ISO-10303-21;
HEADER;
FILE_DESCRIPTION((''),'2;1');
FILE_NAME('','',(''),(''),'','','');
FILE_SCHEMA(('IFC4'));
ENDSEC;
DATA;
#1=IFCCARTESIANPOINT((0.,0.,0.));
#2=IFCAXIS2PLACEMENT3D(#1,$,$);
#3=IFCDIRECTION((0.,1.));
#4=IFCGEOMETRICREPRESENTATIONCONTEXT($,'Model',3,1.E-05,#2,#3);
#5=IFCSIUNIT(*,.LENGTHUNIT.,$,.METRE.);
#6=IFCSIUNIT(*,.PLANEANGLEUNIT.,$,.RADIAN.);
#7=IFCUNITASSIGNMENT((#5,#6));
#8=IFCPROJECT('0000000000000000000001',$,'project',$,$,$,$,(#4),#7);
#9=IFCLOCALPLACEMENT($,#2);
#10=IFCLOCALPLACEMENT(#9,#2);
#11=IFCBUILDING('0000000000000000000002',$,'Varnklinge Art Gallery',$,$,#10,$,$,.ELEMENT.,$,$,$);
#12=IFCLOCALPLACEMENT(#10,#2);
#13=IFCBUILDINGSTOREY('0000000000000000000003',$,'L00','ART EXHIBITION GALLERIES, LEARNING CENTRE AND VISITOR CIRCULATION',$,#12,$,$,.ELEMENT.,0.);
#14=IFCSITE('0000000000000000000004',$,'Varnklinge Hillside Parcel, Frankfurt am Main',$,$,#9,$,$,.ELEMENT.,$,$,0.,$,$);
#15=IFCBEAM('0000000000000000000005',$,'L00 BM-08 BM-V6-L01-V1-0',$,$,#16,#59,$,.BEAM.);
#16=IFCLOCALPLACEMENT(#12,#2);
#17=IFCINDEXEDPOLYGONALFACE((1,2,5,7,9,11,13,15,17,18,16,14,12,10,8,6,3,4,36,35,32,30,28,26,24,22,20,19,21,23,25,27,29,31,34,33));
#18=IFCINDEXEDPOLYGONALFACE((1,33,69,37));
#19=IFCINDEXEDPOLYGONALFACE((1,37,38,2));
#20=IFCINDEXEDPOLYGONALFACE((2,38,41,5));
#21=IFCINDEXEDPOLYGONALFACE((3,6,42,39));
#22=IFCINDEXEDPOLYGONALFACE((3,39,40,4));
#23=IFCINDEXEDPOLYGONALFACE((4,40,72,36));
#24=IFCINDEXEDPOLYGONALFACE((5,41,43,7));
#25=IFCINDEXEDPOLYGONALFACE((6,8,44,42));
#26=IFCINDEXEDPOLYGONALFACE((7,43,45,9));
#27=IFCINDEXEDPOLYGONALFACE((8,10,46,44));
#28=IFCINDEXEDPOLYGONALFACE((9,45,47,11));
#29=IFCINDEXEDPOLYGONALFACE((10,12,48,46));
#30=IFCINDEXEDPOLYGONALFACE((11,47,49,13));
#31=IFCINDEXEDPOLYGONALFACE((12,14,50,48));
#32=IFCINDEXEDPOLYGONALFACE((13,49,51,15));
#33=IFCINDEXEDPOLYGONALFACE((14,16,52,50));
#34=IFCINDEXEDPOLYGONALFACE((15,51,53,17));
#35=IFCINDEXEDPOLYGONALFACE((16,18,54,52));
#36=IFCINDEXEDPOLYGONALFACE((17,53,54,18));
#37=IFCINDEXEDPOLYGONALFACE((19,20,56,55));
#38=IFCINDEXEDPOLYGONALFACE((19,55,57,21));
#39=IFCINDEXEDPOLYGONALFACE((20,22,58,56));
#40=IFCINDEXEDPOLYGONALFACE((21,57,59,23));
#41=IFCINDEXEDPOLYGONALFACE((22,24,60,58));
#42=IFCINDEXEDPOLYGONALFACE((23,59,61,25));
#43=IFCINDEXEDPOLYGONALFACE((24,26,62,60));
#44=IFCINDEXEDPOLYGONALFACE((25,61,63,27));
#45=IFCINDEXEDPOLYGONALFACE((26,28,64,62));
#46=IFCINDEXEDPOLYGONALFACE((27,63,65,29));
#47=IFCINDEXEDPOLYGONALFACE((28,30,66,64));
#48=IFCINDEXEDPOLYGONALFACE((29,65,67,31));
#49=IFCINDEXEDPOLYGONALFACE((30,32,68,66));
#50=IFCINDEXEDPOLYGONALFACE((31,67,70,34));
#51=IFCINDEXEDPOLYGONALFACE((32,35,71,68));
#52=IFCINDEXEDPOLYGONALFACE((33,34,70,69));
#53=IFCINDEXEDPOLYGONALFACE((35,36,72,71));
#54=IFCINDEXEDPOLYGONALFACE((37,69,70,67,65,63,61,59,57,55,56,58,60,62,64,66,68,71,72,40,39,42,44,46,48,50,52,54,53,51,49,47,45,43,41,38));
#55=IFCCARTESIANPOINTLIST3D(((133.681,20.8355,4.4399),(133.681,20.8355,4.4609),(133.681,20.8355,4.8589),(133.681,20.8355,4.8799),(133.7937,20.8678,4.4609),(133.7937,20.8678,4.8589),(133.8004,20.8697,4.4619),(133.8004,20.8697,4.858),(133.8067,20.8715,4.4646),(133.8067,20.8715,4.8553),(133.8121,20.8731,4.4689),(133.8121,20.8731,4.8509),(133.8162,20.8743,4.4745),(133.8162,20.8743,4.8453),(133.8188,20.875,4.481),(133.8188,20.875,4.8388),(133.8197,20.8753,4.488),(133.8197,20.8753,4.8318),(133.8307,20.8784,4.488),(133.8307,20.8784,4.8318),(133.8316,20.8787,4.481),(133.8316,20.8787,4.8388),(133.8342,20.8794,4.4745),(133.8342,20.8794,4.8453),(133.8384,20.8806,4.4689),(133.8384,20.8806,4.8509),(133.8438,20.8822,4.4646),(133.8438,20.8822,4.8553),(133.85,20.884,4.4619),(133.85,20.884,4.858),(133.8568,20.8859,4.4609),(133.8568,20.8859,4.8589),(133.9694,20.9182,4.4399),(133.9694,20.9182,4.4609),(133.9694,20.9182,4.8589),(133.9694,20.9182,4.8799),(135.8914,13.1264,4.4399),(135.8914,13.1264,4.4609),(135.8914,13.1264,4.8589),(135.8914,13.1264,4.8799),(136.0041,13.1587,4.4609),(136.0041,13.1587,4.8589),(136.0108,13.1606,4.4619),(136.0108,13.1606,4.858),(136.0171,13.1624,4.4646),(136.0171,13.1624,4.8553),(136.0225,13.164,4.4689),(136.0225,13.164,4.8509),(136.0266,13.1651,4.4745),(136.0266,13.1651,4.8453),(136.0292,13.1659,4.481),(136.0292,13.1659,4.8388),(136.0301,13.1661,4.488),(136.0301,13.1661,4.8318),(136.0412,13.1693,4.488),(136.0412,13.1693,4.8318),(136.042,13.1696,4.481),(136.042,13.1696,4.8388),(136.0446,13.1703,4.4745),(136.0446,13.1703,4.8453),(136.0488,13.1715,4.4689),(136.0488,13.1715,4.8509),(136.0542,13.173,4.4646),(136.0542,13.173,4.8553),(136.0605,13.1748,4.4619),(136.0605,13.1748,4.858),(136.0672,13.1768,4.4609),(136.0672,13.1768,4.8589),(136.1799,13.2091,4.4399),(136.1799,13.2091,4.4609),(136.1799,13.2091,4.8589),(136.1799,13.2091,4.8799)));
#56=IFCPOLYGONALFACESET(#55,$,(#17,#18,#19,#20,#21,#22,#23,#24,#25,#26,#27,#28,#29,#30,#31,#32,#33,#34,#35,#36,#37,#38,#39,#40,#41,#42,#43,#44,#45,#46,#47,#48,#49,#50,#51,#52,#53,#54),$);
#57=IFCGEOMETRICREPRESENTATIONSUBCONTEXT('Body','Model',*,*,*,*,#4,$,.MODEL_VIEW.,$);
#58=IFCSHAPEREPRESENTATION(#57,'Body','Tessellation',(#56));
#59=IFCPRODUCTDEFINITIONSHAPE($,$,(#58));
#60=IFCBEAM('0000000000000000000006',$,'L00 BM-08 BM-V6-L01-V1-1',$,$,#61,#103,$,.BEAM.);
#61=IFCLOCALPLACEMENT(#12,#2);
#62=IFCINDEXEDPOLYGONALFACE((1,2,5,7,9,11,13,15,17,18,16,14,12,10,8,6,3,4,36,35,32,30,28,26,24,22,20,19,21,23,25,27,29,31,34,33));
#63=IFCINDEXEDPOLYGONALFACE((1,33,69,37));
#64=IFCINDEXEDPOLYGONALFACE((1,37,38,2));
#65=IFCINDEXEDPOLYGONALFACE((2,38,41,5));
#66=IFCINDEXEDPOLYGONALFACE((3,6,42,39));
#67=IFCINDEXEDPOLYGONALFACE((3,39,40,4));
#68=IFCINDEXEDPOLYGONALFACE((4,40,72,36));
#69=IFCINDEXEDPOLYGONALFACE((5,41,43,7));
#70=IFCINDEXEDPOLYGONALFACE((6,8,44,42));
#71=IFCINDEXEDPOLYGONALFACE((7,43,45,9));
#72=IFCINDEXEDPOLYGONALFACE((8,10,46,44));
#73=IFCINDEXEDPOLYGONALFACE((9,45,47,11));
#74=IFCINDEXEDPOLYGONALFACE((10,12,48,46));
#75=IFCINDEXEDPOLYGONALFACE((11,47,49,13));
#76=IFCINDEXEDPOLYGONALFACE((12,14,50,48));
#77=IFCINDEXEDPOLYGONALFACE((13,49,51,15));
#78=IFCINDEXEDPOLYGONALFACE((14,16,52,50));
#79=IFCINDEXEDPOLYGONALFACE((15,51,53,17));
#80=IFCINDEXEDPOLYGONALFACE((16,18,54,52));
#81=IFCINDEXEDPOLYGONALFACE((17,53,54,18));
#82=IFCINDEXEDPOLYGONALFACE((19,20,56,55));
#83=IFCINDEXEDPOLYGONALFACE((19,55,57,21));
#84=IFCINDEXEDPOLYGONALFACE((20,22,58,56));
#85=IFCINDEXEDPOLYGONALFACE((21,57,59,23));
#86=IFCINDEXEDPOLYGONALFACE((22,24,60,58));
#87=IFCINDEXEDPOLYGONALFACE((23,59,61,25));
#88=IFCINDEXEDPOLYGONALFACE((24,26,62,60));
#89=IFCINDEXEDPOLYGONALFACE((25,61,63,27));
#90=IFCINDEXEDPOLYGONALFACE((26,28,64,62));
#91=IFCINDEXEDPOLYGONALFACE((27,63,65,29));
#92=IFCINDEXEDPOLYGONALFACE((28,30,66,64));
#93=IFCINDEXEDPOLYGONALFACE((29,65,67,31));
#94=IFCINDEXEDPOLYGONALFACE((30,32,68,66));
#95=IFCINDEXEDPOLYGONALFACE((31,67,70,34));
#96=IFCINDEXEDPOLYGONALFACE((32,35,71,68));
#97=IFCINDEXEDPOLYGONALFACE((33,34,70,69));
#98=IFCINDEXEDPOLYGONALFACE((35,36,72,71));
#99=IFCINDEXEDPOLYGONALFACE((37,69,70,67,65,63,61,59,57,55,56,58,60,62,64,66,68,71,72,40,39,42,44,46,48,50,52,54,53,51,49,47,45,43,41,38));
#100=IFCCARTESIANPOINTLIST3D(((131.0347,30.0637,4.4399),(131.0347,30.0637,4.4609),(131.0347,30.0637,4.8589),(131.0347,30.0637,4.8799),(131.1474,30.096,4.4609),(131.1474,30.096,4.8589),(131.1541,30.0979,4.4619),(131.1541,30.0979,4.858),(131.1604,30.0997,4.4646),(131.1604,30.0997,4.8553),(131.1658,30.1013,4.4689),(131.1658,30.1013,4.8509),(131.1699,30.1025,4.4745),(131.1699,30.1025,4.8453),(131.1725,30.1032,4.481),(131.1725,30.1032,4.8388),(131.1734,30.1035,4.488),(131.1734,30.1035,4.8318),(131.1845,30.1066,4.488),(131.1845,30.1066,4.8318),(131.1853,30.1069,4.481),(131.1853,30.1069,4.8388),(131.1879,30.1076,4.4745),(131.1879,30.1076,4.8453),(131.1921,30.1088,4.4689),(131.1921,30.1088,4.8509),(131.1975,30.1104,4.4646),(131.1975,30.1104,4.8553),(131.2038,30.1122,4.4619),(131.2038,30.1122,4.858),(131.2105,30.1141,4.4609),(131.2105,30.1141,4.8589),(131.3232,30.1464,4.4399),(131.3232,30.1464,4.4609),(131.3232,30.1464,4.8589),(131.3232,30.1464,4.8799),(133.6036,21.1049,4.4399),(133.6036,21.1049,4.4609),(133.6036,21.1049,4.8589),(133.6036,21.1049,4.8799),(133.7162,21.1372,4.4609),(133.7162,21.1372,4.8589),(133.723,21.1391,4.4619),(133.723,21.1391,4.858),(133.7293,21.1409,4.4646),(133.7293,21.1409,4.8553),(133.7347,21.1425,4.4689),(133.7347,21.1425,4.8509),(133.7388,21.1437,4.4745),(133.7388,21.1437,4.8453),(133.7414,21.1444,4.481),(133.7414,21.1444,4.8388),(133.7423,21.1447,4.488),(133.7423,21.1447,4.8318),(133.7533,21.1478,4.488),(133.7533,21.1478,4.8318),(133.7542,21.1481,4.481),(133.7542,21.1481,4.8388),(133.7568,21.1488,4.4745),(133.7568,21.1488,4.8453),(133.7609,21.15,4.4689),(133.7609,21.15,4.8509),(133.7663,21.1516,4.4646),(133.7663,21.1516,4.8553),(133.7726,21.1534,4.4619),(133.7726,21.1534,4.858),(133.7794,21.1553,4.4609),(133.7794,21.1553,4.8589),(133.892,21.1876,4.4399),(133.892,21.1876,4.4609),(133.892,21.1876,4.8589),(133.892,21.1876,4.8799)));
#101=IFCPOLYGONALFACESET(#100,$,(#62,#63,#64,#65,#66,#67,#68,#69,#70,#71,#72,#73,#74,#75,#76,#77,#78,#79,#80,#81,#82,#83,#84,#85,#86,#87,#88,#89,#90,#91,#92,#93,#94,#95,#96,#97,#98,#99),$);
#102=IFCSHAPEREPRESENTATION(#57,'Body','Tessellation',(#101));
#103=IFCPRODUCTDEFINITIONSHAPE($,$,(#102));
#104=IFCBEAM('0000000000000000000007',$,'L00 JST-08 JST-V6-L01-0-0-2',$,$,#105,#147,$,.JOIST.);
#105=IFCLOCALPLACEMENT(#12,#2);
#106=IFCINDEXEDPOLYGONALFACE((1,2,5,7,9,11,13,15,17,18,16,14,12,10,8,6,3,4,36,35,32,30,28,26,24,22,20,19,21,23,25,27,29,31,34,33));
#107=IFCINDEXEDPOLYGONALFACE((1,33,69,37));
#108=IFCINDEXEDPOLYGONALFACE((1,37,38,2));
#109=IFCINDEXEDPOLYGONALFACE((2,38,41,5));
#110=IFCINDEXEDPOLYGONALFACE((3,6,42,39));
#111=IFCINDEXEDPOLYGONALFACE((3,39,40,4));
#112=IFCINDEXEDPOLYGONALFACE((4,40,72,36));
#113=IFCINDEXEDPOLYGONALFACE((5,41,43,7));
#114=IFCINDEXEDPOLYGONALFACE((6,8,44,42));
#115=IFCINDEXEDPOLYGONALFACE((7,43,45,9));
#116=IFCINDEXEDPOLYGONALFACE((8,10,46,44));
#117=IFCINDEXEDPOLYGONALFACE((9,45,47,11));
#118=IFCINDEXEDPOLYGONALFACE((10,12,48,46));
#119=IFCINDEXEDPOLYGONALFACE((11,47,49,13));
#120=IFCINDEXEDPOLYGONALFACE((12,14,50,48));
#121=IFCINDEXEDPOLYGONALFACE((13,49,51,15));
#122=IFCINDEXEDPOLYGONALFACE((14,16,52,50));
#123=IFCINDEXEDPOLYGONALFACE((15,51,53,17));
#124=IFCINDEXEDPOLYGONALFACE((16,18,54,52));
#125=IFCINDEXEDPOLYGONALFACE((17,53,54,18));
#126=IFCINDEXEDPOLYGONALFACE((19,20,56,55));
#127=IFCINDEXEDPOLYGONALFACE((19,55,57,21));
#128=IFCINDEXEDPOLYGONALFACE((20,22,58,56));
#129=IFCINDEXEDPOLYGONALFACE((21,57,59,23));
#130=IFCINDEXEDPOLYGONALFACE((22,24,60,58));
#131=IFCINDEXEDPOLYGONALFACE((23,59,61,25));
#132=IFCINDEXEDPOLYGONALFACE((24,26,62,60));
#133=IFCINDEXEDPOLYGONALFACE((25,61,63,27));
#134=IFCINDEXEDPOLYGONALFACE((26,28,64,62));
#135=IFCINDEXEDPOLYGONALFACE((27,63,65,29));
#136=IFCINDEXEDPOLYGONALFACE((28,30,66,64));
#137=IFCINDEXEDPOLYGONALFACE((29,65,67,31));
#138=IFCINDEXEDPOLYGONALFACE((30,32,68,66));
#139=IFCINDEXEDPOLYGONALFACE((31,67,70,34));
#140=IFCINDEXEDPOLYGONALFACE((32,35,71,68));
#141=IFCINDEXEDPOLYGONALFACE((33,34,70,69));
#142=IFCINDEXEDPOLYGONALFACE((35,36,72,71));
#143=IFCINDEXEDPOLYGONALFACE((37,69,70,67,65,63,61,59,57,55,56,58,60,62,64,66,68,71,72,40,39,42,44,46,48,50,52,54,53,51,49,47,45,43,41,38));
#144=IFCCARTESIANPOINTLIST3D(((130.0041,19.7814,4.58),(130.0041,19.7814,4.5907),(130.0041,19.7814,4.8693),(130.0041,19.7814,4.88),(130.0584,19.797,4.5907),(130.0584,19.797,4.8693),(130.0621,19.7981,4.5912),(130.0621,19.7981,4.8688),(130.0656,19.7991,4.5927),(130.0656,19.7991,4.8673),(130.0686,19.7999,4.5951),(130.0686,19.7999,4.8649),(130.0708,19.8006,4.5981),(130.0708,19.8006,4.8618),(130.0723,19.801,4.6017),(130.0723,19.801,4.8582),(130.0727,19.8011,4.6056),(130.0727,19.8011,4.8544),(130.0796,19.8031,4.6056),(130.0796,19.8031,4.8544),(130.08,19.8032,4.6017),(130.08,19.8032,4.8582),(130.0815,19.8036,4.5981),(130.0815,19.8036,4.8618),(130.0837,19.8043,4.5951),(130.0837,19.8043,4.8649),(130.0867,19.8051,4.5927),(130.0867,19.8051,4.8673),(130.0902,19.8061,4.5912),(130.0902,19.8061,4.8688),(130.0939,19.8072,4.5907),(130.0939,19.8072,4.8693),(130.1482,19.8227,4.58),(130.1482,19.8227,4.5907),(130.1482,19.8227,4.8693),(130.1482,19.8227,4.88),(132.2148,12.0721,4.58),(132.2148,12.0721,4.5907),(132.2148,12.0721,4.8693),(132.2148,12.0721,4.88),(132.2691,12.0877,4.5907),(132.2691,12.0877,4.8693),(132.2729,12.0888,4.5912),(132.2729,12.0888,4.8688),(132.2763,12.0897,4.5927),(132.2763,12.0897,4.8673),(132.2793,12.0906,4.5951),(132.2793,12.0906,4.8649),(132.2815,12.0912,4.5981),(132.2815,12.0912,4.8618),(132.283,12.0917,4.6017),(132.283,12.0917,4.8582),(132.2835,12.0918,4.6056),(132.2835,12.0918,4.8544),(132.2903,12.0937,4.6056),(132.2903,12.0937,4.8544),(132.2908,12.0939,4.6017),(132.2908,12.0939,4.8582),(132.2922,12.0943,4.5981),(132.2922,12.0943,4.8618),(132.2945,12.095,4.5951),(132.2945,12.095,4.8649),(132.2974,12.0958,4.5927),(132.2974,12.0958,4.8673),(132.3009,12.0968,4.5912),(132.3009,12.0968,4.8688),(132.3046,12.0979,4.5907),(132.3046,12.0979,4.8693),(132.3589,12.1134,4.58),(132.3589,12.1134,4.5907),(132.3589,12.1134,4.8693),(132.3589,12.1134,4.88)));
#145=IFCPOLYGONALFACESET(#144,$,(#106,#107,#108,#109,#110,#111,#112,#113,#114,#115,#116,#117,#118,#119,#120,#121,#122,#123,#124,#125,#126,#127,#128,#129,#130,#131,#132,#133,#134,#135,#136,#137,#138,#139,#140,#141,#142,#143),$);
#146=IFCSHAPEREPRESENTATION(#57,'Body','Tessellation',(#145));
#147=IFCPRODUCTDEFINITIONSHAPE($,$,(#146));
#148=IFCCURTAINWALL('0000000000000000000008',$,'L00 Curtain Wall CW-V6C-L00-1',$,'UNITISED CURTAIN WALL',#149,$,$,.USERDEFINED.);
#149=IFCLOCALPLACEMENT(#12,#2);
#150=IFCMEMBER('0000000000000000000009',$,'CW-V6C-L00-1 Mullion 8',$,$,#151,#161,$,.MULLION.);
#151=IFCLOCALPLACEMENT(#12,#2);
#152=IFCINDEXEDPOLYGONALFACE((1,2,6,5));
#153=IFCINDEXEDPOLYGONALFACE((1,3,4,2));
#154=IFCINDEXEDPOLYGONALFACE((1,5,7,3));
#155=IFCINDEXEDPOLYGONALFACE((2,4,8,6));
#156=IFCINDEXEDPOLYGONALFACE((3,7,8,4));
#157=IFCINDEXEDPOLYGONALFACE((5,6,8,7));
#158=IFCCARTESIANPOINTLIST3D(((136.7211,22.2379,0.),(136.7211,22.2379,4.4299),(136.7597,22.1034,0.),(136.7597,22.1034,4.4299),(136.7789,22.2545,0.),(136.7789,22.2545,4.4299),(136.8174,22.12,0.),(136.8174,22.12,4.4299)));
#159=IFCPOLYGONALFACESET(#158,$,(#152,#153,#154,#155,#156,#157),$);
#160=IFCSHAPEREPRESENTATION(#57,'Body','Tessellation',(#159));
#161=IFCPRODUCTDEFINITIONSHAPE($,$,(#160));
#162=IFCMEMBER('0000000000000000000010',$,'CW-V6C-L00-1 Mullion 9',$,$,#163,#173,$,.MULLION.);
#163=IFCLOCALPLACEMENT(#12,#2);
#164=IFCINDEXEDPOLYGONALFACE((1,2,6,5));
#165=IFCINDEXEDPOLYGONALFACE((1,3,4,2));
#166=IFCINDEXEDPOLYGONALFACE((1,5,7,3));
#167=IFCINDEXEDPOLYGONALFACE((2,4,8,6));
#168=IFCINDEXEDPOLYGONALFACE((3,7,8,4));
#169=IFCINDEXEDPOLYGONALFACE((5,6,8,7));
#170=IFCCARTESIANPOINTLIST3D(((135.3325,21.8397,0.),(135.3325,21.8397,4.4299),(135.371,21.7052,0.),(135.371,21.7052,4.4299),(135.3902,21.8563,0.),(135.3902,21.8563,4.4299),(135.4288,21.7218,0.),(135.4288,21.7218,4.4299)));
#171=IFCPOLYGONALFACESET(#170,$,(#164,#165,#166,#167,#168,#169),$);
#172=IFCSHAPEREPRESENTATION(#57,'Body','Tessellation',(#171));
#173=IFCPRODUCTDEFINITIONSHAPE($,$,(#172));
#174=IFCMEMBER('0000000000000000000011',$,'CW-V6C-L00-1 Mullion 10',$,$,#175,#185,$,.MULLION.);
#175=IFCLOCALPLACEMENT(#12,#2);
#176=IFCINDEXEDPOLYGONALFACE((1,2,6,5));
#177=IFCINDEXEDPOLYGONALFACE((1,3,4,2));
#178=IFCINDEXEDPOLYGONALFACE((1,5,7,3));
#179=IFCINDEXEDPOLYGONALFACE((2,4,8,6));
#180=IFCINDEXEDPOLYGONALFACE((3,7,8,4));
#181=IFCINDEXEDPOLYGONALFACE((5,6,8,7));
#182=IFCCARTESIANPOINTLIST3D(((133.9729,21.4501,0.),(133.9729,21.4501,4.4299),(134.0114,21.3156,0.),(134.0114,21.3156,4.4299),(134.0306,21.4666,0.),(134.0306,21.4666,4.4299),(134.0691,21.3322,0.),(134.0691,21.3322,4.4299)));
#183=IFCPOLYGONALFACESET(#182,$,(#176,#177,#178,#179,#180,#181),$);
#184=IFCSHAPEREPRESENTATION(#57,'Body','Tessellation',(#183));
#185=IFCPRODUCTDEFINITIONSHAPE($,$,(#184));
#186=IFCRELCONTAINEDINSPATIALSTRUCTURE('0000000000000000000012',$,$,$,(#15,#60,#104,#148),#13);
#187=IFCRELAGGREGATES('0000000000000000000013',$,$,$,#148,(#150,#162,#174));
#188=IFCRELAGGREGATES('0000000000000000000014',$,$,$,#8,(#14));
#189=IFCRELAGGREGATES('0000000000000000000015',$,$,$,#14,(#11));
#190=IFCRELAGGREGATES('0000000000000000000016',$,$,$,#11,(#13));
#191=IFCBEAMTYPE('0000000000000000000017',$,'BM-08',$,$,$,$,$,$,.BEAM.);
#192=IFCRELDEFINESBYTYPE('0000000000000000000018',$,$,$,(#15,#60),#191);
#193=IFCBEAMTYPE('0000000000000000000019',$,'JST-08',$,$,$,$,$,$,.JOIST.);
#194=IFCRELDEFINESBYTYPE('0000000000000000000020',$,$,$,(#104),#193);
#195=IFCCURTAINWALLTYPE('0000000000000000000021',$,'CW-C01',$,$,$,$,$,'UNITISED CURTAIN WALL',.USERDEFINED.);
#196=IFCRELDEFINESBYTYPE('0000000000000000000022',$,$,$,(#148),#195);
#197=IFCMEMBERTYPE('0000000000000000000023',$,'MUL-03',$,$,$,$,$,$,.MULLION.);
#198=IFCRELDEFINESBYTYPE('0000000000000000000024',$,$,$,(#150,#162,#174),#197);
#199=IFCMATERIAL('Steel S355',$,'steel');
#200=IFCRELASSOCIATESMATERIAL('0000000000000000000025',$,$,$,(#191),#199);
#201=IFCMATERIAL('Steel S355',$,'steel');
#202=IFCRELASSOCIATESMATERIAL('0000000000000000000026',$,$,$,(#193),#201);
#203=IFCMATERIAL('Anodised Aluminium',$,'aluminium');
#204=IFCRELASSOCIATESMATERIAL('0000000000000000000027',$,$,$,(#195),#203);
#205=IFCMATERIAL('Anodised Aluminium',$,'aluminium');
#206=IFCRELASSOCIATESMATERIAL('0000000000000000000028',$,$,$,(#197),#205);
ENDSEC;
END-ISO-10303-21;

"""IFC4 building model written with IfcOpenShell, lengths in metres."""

from ifc_helpers import new_model, si_unit, direction, frame, origin, origin_2d, place, context, subcontext, project, spatial, rectangle, i_section, extrude, material, material_profile, profile_set, type_object, element, aggregate, save


model = new_model("IFC4")

# Units and contexts
model_context = context("Model", 3, precision=1e-05, world=origin(), true_north=direction((0.0, 1.0)))
body_context = subcontext(model_context, "Body", "Model", "MODEL_VIEW")
ifc_project = project(units=[si_unit("LENGTHUNIT", "METRE"), si_unit("PLANEANGLEUNIT", "RADIAN")], contexts=[model_context])

# Site, building, storey
site_placement = place(None, origin())
site = spatial("IfcSite", under=ifc_project, at=site_placement, Name="Varnklinge Hillside Parcel, Frankfurt am Main", CompositionType="ELEMENT", RefElevation=0.0)
building_placement = place(site_placement, origin())
building = spatial("IfcBuilding", under=site, at=building_placement, Name="Varnklinge Art Gallery", CompositionType="ELEMENT")
storey_placement = place(building_placement, origin())
storey = spatial("IfcBuildingStorey", under=building, at=storey_placement, Name="L00", Description="ART EXHIBITION GALLERIES, LEARNING CENTRE AND VISITOR CIRCULATION", CompositionType="ELEMENT", Elevation=0.0)

# Beams
ifc_material_1 = material(Name="Steel S355", Category="steel")
ifc_material_profile_1 = material_profile(ifc_material_1, i_section(OverallWidth=0.3, OverallDepth=0.4399, WebThickness=0.0115, FlangeThickness=0.021, FilletRadius=0.0271, at=origin_2d()), Name="HEA 450")
ifc_profile_set_1 = profile_set([ifc_material_profile_1], Name="Steel S355")
beam_type_1 = type_object("IfcBeamType", Name="BM-08", PredefinedType="BEAM", material=ifc_profile_set_1)
beam_1_placement = place(storey_placement, frame((136.0356, 13.1677, 4.6599), z_axis=(-0.275622, 0.961266, 0.0), x_axis=(-0.961266, -0.275622, 0.0)))
element("IfcBeam", 1, at=beam_1_placement, inside=storey, type_object=beam_type_1, Name="L00 BM-08 BM-V6-L01-V1-0", PredefinedType="BEAM", context=body_context, shape_type="SweptSolid", body=[
    extrude(i_section(OverallWidth=0.3, OverallDepth=0.4399, WebThickness=0.0115, FlangeThickness=0.021, FilletRadius=0.0271, at=origin_2d()), origin(), (0.0, 0.0, 1.0), 8.0198),
])
beam_2_placement = place(storey_placement, frame((133.7478, 21.1462, 4.6599), z_axis=(-0.275634, 0.961263, 0.0), x_axis=(-0.961263, -0.275634, 0.0)))
element("IfcBeam", 2, at=beam_2_placement, inside=storey, type_object=beam_type_1, Name="L00 BM-08 BM-V6-L01-V1-1", PredefinedType="BEAM", context=body_context, shape_type="SweptSolid", body=[
    extrude(i_section(OverallWidth=0.3, OverallDepth=0.4399, WebThickness=0.0115, FlangeThickness=0.021, FilletRadius=0.0271, at=origin_2d()), origin(), (0.0, 0.0, 1.0), 9.3198),
])
ifc_material_2 = material(Name="Steel S355", Category="steel")
ifc_material_profile_2 = material_profile(ifc_material_2, i_section(OverallWidth=0.1499, OverallDepth=0.3, WebThickness=0.0071, FlangeThickness=0.0107, FilletRadius=0.0149, at=origin_2d()), Name="IPE 300")
ifc_profile_set_2 = profile_set([ifc_material_profile_2], Name="Steel S355")
beam_type_2 = type_object("IfcBeamType", Name="JST-08", PredefinedType="JOIST", material=ifc_profile_set_2)
beam_3_placement = place(storey_placement, frame((132.2869, 12.0928, 4.73), z_axis=(-0.27565, 0.961258, 0.0), x_axis=(-0.961258, -0.27565, 0.0)))
element("IfcBeam", 3, at=beam_3_placement, inside=storey, type_object=beam_type_2, Name="L00 JST-08 JST-V6-L01-0-0-2", PredefinedType="JOIST", context=body_context, shape_type="SweptSolid", body=[
    extrude(i_section(OverallWidth=0.1499, OverallDepth=0.3, WebThickness=0.0071, FlangeThickness=0.0107, FilletRadius=0.0149, at=origin_2d()), origin(), (0.0, 0.0, 1.0), 8.02),
])

# Curtain wall, members
ifc_material_3 = material(Name="Anodised Aluminium", Category="aluminium")
curtain_wall_type = type_object("IfcCurtainWallType", Name="CW-C01", ElementType="UNITISED CURTAIN WALL", PredefinedType="USERDEFINED", material=ifc_material_3)
curtain_wall_1_placement = place(storey_placement, origin())
curtain_wall_1 = element("IfcCurtainWall", 4, at=curtain_wall_1_placement, inside=storey, type_object=curtain_wall_type, Name="L00 Curtain Wall CW-V6C-L00-1", ObjectType="UNITISED CURTAIN WALL", PredefinedType="USERDEFINED")
ifc_material_4 = material(Name="Anodised Aluminium", Category="aluminium")
ifc_material_profile_3 = material_profile(ifc_material_4, rectangle(XDim=0.0601, YDim=0.1399, at=origin_2d()), Name="ALU 60x140")
ifc_profile_set_3 = profile_set([ifc_material_profile_3], Name="Anodised Aluminium")
member_type_1 = type_object("IfcMemberType", Name="MUL-03", PredefinedType="MULLION", material=ifc_profile_set_3)
member_1_placement = place(storey_placement, frame((136.7693, 22.179, 0.0), z_axis=(0.0, 0.0, 1.0), x_axis=(-0.961262, -0.275637, 0.0)))
member_1 = element("IfcMember", 5, at=member_1_placement, type_object=member_type_1, Name="CW-V6C-L00-1 Mullion 8", PredefinedType="MULLION", context=body_context, shape_type="SweptSolid", body=[
    extrude(rectangle(XDim=0.0601, YDim=0.1399, at=origin_2d()), origin(), (0.0, 0.0, 1.0), 4.4299),
])
member_2_placement = place(storey_placement, frame((135.3806, 21.7808, 0.0), z_axis=(0.0, 0.0, 1.0), x_axis=(-0.961262, -0.275637, 0.0)))
member_2 = element("IfcMember", 6, at=member_2_placement, type_object=member_type_1, Name="CW-V6C-L00-1 Mullion 9", PredefinedType="MULLION", context=body_context, shape_type="SweptSolid", body=[
    extrude(rectangle(XDim=0.0601, YDim=0.1399, at=origin_2d()), origin(), (0.0, 0.0, 1.0), 4.4299),
])
member_3_placement = place(storey_placement, frame((134.021, 21.3911, 0.0), z_axis=(0.0, 0.0, 1.0), x_axis=(-0.961262, -0.275637, 0.0)))
member_3 = element("IfcMember", 7, at=member_3_placement, type_object=member_type_1, Name="CW-V6C-L00-1 Mullion 10", PredefinedType="MULLION", context=body_context, shape_type="SweptSolid", body=[
    extrude(rectangle(XDim=0.0601, YDim=0.1399, at=origin_2d()), origin(), (0.0, 0.0, 1.0), 4.4299),
])

aggregate(curtain_wall_1, [member_1, member_2, member_3])

save(model, "model.ifc")
